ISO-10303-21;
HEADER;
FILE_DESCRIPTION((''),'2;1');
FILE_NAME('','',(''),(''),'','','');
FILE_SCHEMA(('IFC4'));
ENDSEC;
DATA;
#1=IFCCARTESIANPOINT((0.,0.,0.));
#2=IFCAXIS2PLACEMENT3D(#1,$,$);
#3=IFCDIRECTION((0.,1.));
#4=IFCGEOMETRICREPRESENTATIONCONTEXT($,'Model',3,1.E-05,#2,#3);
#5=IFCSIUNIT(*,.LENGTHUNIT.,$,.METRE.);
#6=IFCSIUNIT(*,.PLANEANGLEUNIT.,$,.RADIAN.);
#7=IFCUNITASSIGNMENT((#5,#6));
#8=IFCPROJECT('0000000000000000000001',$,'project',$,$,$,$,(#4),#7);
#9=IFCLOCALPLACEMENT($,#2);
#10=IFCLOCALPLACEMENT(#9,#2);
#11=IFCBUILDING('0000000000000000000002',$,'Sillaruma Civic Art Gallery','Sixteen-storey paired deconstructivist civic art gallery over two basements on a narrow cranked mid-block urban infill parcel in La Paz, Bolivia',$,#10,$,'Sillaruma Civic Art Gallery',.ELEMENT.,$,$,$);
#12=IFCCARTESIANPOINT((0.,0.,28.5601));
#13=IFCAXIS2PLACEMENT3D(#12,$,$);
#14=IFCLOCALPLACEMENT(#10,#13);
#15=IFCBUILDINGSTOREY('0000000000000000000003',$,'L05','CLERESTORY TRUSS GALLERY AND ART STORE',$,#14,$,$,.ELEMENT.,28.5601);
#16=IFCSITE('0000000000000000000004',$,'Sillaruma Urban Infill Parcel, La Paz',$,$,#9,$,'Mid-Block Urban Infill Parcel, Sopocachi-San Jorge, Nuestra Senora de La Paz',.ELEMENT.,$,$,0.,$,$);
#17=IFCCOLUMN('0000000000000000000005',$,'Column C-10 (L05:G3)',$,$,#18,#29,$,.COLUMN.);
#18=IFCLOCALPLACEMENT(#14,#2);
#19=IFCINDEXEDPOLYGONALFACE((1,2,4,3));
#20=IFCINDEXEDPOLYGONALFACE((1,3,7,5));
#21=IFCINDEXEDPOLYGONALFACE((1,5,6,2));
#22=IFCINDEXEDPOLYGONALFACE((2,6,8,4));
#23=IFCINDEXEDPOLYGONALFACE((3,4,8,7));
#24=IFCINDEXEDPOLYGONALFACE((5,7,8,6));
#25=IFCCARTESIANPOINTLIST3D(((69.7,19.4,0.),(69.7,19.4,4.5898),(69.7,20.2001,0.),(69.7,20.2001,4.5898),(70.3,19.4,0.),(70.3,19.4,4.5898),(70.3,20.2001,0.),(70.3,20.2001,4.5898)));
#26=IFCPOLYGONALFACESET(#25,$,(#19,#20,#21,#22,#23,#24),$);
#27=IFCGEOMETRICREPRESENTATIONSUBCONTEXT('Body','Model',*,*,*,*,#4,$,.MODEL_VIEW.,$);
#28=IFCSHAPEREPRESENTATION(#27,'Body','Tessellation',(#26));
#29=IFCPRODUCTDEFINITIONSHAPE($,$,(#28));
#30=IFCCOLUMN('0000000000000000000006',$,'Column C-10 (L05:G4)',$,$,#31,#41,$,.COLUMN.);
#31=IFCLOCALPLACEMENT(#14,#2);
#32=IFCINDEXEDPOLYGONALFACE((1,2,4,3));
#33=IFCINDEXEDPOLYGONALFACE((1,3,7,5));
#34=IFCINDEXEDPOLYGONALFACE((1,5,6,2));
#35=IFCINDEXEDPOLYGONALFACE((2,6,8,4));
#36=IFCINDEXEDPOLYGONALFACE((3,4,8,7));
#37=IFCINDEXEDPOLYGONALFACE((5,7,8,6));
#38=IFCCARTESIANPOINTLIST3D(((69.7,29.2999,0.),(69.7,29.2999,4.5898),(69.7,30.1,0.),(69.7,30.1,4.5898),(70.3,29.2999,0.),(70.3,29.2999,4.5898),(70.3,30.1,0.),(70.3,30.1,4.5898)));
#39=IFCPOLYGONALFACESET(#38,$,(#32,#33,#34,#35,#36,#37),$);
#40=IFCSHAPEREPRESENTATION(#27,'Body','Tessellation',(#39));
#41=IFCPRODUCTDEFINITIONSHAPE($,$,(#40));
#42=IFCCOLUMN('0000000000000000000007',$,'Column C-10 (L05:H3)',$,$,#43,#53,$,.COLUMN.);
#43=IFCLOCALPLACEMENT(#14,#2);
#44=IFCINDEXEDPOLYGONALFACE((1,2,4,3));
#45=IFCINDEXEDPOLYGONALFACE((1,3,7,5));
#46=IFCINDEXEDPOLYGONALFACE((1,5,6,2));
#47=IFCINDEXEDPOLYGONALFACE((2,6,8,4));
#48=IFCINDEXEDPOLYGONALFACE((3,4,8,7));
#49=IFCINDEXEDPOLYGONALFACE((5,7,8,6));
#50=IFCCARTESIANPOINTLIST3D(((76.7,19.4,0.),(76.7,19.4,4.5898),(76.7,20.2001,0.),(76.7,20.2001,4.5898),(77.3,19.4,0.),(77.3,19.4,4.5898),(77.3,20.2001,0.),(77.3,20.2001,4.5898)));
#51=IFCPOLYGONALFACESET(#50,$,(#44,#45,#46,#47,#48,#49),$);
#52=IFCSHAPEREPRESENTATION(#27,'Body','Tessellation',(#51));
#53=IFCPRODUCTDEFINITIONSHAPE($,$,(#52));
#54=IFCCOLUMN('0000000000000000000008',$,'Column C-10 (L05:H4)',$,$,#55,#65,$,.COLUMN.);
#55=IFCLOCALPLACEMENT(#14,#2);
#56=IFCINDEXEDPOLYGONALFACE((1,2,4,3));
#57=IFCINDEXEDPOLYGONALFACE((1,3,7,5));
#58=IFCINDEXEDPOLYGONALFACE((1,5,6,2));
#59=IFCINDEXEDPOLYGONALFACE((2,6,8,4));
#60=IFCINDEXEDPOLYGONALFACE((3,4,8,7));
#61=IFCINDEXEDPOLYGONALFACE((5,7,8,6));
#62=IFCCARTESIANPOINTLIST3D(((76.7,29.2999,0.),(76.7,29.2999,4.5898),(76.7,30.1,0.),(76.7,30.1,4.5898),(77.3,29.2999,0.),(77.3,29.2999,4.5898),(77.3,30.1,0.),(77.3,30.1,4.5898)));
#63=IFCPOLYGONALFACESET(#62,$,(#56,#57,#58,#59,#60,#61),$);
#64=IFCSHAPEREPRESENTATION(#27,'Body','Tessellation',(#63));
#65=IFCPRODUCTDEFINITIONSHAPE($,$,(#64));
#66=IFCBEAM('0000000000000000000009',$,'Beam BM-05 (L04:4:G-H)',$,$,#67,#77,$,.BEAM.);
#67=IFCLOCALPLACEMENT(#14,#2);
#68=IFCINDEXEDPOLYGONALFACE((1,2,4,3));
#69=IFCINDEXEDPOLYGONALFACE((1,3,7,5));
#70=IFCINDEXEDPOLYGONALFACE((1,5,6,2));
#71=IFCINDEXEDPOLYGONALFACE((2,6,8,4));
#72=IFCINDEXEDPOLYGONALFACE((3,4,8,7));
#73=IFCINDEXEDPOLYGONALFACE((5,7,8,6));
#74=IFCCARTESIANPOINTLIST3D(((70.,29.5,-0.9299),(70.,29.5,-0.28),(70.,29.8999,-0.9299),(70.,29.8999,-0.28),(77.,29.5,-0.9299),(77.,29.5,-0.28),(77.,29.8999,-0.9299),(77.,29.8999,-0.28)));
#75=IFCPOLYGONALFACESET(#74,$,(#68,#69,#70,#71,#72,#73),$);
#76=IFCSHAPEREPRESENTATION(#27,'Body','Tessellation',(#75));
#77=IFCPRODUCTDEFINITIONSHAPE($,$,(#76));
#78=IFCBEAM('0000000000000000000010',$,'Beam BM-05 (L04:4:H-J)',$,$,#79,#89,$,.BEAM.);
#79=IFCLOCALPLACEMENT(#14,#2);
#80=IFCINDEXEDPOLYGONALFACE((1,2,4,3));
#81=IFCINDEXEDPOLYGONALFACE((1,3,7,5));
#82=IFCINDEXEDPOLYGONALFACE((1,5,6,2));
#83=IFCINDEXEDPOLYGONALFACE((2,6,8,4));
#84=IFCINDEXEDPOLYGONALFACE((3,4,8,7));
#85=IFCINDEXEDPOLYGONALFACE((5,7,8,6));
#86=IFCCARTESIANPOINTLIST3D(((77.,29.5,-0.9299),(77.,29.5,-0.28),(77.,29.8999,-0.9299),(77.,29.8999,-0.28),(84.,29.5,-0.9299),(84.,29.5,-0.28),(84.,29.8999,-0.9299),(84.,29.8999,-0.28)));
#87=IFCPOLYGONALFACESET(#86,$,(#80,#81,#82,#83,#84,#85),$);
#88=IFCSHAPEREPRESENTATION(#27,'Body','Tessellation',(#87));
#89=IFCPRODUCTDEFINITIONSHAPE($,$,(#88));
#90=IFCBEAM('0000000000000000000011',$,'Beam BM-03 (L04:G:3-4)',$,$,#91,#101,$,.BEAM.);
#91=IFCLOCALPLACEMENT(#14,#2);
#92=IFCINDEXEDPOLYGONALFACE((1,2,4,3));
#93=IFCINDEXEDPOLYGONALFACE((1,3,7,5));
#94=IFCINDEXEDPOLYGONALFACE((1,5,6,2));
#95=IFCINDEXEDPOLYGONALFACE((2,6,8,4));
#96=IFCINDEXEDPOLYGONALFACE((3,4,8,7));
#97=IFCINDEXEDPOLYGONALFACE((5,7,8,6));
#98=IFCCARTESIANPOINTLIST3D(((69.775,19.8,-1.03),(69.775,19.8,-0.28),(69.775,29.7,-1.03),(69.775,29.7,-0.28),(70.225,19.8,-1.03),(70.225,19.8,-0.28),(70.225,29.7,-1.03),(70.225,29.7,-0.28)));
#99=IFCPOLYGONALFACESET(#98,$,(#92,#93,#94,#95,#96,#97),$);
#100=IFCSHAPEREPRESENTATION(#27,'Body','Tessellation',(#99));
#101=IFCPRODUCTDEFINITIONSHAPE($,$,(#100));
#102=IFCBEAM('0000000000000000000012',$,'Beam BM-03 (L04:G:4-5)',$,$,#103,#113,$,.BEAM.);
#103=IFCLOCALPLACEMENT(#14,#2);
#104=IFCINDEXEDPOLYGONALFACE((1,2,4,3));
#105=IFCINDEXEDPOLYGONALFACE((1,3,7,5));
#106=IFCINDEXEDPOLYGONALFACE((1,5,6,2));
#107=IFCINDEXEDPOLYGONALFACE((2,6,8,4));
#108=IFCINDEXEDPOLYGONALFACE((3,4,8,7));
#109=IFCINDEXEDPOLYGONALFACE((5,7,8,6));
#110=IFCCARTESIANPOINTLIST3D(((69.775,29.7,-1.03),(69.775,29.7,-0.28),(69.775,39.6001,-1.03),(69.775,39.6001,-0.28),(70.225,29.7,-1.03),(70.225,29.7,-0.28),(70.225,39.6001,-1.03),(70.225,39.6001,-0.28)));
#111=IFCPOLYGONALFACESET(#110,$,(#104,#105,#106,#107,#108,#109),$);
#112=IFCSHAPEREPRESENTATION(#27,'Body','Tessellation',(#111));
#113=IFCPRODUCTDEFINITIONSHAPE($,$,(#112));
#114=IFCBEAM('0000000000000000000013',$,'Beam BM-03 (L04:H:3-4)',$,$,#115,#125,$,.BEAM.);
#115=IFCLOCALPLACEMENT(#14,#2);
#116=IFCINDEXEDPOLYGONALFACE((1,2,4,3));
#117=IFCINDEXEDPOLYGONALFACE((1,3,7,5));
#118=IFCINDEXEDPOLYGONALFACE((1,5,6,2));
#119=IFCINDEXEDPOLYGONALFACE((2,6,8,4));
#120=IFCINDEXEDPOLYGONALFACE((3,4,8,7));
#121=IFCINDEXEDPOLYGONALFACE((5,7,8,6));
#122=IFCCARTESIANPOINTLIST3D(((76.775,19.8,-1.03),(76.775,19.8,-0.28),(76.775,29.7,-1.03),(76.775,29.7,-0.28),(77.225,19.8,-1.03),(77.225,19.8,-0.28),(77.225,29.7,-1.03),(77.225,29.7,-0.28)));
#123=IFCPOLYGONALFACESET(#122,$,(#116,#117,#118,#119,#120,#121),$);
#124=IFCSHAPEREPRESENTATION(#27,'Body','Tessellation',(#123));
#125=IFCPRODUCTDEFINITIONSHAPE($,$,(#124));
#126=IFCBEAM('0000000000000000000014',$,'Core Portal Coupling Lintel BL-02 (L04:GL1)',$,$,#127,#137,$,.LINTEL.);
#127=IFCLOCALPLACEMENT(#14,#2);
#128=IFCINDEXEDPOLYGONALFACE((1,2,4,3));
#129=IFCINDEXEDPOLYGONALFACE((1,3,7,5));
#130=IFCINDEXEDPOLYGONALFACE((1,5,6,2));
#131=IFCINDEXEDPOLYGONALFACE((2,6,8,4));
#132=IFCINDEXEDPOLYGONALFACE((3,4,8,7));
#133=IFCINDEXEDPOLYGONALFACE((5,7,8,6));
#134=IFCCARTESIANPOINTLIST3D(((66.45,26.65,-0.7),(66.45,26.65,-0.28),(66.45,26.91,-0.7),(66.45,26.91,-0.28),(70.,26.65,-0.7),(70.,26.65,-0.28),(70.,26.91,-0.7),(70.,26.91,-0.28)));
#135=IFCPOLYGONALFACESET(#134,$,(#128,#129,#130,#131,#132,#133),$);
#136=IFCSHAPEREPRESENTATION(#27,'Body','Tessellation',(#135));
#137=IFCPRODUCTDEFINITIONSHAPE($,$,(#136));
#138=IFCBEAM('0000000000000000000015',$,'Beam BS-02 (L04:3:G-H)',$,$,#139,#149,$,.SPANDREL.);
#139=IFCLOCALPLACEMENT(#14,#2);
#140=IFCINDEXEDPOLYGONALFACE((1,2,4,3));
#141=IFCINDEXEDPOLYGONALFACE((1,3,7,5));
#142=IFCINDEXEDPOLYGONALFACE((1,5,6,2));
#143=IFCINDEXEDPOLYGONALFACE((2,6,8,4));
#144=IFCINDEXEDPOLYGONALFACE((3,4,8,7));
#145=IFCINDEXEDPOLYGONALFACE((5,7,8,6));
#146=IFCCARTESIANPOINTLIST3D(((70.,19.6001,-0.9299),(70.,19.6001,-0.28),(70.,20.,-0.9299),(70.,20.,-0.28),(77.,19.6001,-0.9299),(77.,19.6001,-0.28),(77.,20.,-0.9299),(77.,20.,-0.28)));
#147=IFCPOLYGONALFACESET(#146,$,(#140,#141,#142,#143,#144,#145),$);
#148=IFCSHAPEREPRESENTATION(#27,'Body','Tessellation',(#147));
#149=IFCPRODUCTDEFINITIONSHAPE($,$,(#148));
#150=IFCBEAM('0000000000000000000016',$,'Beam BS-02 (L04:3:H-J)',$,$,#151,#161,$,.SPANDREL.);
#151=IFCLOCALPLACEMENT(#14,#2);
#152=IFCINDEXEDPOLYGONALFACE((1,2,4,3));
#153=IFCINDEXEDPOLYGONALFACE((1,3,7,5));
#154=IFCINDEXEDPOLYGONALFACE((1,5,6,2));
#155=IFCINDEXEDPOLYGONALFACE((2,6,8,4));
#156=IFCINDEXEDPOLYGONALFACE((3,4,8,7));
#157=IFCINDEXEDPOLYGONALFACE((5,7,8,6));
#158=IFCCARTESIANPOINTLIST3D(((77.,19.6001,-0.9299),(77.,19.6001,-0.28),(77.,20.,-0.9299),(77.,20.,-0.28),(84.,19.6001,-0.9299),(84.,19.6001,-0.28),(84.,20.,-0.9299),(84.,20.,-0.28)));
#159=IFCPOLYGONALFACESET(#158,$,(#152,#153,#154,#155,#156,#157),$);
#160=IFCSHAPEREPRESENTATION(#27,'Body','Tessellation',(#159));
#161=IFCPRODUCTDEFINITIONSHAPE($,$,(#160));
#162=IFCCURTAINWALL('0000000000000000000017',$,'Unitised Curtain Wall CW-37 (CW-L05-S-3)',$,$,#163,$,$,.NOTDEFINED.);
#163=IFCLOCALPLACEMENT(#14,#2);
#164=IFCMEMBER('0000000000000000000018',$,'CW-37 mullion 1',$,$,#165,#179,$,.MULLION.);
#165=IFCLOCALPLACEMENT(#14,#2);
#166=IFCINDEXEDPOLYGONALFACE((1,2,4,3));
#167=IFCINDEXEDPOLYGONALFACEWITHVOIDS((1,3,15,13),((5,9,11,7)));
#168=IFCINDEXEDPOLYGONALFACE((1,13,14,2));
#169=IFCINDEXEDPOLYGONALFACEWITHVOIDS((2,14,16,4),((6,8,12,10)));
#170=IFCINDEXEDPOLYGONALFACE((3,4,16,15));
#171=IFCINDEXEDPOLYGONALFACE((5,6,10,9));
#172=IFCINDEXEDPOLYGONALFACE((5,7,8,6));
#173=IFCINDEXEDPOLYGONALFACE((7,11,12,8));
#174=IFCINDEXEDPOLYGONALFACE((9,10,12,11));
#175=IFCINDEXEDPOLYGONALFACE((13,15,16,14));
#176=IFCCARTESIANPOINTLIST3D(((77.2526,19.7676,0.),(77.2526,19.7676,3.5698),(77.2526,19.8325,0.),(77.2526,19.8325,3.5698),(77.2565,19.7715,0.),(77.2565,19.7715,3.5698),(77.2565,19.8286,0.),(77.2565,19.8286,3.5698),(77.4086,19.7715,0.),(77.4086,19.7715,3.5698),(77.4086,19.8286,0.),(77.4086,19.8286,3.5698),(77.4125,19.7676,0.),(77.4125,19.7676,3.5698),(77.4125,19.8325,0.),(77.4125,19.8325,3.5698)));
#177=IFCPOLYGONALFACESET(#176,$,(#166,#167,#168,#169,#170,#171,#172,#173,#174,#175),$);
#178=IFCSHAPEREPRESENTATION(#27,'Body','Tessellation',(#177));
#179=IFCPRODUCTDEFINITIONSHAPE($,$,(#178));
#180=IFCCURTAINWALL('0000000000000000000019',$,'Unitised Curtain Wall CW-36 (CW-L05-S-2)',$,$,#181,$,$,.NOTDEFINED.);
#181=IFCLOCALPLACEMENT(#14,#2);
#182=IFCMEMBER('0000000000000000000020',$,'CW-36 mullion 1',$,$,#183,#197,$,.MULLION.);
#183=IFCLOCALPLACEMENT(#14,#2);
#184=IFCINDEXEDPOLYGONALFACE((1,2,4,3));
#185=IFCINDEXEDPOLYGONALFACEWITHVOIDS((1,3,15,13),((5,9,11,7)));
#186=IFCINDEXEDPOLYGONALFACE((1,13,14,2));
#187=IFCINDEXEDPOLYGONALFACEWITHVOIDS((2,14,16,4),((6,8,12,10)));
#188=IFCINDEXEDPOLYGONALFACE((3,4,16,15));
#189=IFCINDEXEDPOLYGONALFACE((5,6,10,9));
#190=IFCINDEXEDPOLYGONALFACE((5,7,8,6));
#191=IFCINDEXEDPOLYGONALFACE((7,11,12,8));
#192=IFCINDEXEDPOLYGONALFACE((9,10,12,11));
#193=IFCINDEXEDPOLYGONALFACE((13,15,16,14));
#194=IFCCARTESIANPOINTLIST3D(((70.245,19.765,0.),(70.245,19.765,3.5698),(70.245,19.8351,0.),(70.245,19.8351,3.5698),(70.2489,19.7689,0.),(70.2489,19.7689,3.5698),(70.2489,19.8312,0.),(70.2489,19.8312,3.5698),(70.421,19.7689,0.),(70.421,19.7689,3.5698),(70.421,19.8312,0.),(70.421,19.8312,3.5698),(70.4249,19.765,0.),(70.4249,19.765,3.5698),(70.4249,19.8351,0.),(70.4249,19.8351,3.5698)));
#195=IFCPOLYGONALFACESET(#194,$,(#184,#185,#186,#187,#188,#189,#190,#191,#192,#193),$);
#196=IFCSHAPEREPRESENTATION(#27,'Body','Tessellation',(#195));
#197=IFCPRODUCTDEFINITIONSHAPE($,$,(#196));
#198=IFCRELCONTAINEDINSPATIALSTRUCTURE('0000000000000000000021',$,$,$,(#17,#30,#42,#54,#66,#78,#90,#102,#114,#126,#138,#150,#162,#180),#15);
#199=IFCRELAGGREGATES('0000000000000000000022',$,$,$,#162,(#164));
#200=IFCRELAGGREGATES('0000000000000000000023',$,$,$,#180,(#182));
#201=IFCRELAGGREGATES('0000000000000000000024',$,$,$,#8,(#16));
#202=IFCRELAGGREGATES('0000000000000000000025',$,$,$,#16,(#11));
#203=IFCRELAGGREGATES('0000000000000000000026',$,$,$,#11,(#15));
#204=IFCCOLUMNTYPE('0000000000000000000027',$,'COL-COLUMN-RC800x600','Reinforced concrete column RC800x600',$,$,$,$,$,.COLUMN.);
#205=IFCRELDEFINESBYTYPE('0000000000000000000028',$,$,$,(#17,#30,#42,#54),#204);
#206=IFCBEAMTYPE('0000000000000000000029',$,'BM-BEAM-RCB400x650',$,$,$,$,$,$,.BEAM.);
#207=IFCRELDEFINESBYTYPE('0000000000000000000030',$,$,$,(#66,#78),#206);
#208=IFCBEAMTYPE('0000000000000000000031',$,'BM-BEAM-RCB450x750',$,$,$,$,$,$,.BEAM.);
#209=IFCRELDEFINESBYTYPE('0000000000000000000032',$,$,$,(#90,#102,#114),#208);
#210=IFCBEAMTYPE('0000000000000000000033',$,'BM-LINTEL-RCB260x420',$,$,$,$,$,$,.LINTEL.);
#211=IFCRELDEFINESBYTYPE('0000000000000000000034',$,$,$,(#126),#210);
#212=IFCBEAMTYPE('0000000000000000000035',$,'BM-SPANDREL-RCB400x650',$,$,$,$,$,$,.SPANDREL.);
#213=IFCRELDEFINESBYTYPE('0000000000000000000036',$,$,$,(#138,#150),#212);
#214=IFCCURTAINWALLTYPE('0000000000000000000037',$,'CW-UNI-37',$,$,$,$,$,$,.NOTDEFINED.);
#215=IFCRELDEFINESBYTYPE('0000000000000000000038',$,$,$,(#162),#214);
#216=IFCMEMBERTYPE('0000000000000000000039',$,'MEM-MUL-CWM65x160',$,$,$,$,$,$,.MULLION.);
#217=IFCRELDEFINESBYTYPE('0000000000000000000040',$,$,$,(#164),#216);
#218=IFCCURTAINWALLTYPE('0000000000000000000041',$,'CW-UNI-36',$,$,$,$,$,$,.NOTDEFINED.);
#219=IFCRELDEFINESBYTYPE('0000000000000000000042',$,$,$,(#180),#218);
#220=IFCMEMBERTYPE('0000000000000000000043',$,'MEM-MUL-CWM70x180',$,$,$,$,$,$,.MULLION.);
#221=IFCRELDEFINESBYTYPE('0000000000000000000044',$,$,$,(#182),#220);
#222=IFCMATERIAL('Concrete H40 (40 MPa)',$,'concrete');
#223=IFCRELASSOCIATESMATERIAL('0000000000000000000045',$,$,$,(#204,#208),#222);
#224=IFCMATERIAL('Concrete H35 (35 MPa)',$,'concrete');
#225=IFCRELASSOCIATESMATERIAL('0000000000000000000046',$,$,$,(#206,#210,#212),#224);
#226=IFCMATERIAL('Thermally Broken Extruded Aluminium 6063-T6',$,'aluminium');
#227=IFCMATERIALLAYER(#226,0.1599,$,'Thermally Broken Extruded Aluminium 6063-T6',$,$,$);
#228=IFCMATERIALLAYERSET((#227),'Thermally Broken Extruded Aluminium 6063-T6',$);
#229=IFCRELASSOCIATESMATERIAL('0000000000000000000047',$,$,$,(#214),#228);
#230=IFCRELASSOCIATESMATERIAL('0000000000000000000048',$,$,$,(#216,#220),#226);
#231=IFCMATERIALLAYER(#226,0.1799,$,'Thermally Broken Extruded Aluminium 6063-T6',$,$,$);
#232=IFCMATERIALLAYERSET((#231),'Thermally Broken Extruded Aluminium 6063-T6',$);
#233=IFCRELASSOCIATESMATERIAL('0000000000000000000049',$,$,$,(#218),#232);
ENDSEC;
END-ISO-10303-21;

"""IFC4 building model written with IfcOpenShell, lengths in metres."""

from ifc_helpers import new_model, si_unit, direction, frame, origin, origin_2d, place, context, subcontext, project, spatial, rectangle, hollow_rectangle, extrude, material, layer, layer_set, material_profile, profile_set, type_object, element, aggregate, save


model = new_model("IFC4")

# Units and contexts
model_context = context("Model", 3, precision=1e-05, world=origin(), true_north=direction((0.0, 1.0)))
body_context = subcontext(model_context, "Body", "Model", "MODEL_VIEW")
ifc_project = project(units=[si_unit("LENGTHUNIT", "METRE"), si_unit("PLANEANGLEUNIT", "RADIAN")], contexts=[model_context])

# Site, building, storey
site_placement = place(None, origin())
site = spatial("IfcSite", under=ifc_project, at=site_placement, Name="Sillaruma Urban Infill Parcel, La Paz", LongName="Mid-Block Urban Infill Parcel, Sopocachi-San Jorge, Nuestra Senora de La Paz", CompositionType="ELEMENT", RefElevation=0.0)
building_placement = place(site_placement, origin())
building = spatial("IfcBuilding", under=site, at=building_placement, Name="Sillaruma Civic Art Gallery", Description="Sixteen-storey paired deconstructivist civic art gallery over two basements on a narrow cranked mid-block urban infill parcel in La Paz, Bolivia", LongName="Sillaruma Civic Art Gallery", CompositionType="ELEMENT")
storey_placement = place(building_placement, frame((0.0, 0.0, 28.5601)))
storey = spatial("IfcBuildingStorey", under=building, at=storey_placement, Name="L05", Description="CLERESTORY TRUSS GALLERY AND ART STORE", CompositionType="ELEMENT", Elevation=28.5601)

# Columns
ifc_material_1 = material(Name="Concrete H40 (40 MPa)", Category="concrete")
ifc_material_profile_1 = material_profile(ifc_material_1, rectangle(XDim=0.6001, YDim=0.8, at=origin_2d()), Name="RC800x600")
ifc_profile_set_1 = profile_set([ifc_material_profile_1], Name="Concrete H40 (40 MPa)")
column_type = type_object("IfcColumnType", Name="COL-COLUMN-RC800x600", Description="Reinforced concrete column RC800x600", PredefinedType="COLUMN", material=ifc_profile_set_1)
for number, where, z_axis, x_axis, name in (
    (1, (70.0, 19.8, 0.0), (0.0, 0.0, 1.0), (1.0, 0.0, 0.0), "Column C-10 (L05:G3)"),
    (2, (70.0, 29.7, 0.0), (0.0, 0.0, 1.0), (1.0, 0.0, 0.0), "Column C-10 (L05:G4)"),
    (3, (77.0, 19.8, 0.0), (0.0, 0.0, 1.0), (1.0, 0.0, 0.0), "Column C-10 (L05:H3)"),
    (4, (77.0, 29.7, 0.0), (0.0, 0.0, 1.0), (1.0, 0.0, 0.0), "Column C-10 (L05:H4)"),
):
    element("IfcColumn", number, at=place(storey_placement, frame(where, z_axis=z_axis, x_axis=x_axis)), inside=storey, type_object=column_type, Name=name, PredefinedType="COLUMN", context=body_context, shape_type="SweptSolid", body=[
        extrude(rectangle(XDim=0.6001, YDim=0.8, at=origin_2d()), origin(), (0.0, 0.0, 1.0), 4.5898),
    ])

# Beams
ifc_material_2 = material(Name="Concrete H35 (35 MPa)", Category="concrete")
ifc_material_profile_2 = material_profile(ifc_material_2, rectangle(XDim=0.3999, YDim=0.6499, at=origin_2d()), Name="RCB400x650")
ifc_profile_set_2 = profile_set([ifc_material_profile_2], Name="Concrete H35 (35 MPa)")
beam_type_1 = type_object("IfcBeamType", Name="BM-BEAM-RCB400x650", PredefinedType="BEAM", material=ifc_profile_set_2)
for number, where, z_axis, x_axis, name in (
    (5, (70.0, 29.7, -0.605), (1.0, 0.0, 0.0), (0.0, 1.0, 0.0), "Beam BM-05 (L04:4:G-H)"),
    (6, (77.0, 29.7, -0.605), (1.0, 0.0, 0.0), (0.0, 1.0, 0.0), "Beam BM-05 (L04:4:H-J)"),
):
    element("IfcBeam", number, at=place(storey_placement, frame(where, z_axis=z_axis, x_axis=x_axis)), inside=storey, type_object=beam_type_1, Name=name, PredefinedType="BEAM", context=body_context, shape_type="SweptSolid", body=[
        extrude(rectangle(XDim=0.3999, YDim=0.6499, at=origin_2d()), origin(), (0.0, 0.0, 1.0), 7.0),
    ])
ifc_material_profile_3 = material_profile(ifc_material_1, rectangle(XDim=0.45, YDim=0.75, at=origin_2d()), Name="RCB450x750")
ifc_profile_set_3 = profile_set([ifc_material_profile_3], Name="Concrete H40 (40 MPa)")
beam_type_2 = type_object("IfcBeamType", Name="BM-BEAM-RCB450x750", PredefinedType="BEAM", material=ifc_profile_set_3)
beam_1_placement = place(storey_placement, frame((70.0, 19.8, -0.655), z_axis=(0.0, 1.0, 0.0), x_axis=(-1.0, 0.0, 0.0)))
element("IfcBeam", 7, at=beam_1_placement, inside=storey, type_object=beam_type_2, Name="Beam BM-03 (L04:G:3-4)", PredefinedType="BEAM", context=body_context, shape_type="SweptSolid", body=[
    extrude(rectangle(XDim=0.45, YDim=0.75, at=origin_2d()), origin(), (0.0, 0.0, 1.0), 9.8999),
])
beam_2_placement = place(storey_placement, frame((70.0, 29.7, -0.655), z_axis=(0.0, 1.0, 0.0), x_axis=(-1.0, 0.0, 0.0)))
element("IfcBeam", 8, at=beam_2_placement, inside=storey, type_object=beam_type_2, Name="Beam BM-03 (L04:G:4-5)", PredefinedType="BEAM", context=body_context, shape_type="SweptSolid", body=[
    extrude(rectangle(XDim=0.45, YDim=0.75, at=origin_2d()), origin(), (0.0, 0.0, 1.0), 9.9001),
])
beam_3_placement = place(storey_placement, frame((77.0, 19.8, -0.655), z_axis=(0.0, 1.0, 0.0), x_axis=(-1.0, 0.0, 0.0)))
element("IfcBeam", 9, at=beam_3_placement, inside=storey, type_object=beam_type_2, Name="Beam BM-03 (L04:H:3-4)", PredefinedType="BEAM", context=body_context, shape_type="SweptSolid", body=[
    extrude(rectangle(XDim=0.45, YDim=0.75, at=origin_2d()), origin(), (0.0, 0.0, 1.0), 9.8999),
])
ifc_material_profile_4 = material_profile(ifc_material_2, rectangle(XDim=0.26, YDim=0.4199, at=origin_2d()), Name="RCB260x420")
ifc_profile_set_4 = profile_set([ifc_material_profile_4], Name="Concrete H35 (35 MPa)")
beam_type_3 = type_object("IfcBeamType", Name="BM-LINTEL-RCB260x420", PredefinedType="LINTEL", material=ifc_profile_set_4)
beam_4_placement = place(storey_placement, frame((66.45, 26.78, -0.49), z_axis=(1.0, 0.0, 0.0), x_axis=(0.0, 1.0, 0.0)))
element("IfcBeam", 10, at=beam_4_placement, inside=storey, type_object=beam_type_3, Name="Core Portal Coupling Lintel BL-02 (L04:GL1)", PredefinedType="LINTEL", context=body_context, shape_type="SweptSolid", body=[
    extrude(rectangle(XDim=0.26, YDim=0.4199, at=origin_2d()), origin(), (0.0, 0.0, 1.0), 3.55),
])
ifc_material_profile_5 = material_profile(ifc_material_2, rectangle(XDim=0.3999, YDim=0.6499, at=origin_2d()), Name="RCB400x650")
ifc_profile_set_5 = profile_set([ifc_material_profile_5], Name="Concrete H35 (35 MPa)")
beam_type_4 = type_object("IfcBeamType", Name="BM-SPANDREL-RCB400x650", PredefinedType="SPANDREL", material=ifc_profile_set_5)
for number, where, z_axis, x_axis, name in (
    (11, (70.0, 19.8, -0.605), (1.0, 0.0, 0.0), (0.0, 1.0, 0.0), "Beam BS-02 (L04:3:G-H)"),
    (12, (77.0, 19.8, -0.605), (1.0, 0.0, 0.0), (0.0, 1.0, 0.0), "Beam BS-02 (L04:3:H-J)"),
):
    element("IfcBeam", number, at=place(storey_placement, frame(where, z_axis=z_axis, x_axis=x_axis)), inside=storey, type_object=beam_type_4, Name=name, PredefinedType="SPANDREL", context=body_context, shape_type="SweptSolid", body=[
        extrude(rectangle(XDim=0.3999, YDim=0.6499, at=origin_2d()), origin(), (0.0, 0.0, 1.0), 7.0),
    ])

# Curtain wall, member
ifc_material_3 = material(Name="Thermally Broken Extruded Aluminium 6063-T6", Category="aluminium")
ifc_layer_1 = layer(ifc_material_3, 0.1599, Name="Thermally Broken Extruded Aluminium 6063-T6")
ifc_layer_set_1 = layer_set([ifc_layer_1], Name="Thermally Broken Extruded Aluminium 6063-T6")
curtain_wall_type_1 = type_object("IfcCurtainWallType", Name="CW-UNI-37", PredefinedType="NOTDEFINED", material=ifc_layer_set_1)
curtain_wall_1_placement = place(storey_placement, origin())
curtain_wall_1 = element("IfcCurtainWall", 13, at=curtain_wall_1_placement, inside=storey, type_object=curtain_wall_type_1, Name="Unitised Curtain Wall CW-37 (CW-L05-S-3)", PredefinedType="NOTDEFINED")
ifc_material_profile_6 = material_profile(ifc_material_3, hollow_rectangle(XDim=0.0649, YDim=0.1599, WallThickness=0.0039, at=origin_2d()), Name="CWM65x160")
ifc_profile_set_6 = profile_set([ifc_material_profile_6], Name="Thermally Broken Extruded Aluminium 6063-T6")
member_type_1 = type_object("IfcMemberType", Name="MEM-MUL-CWM65x160", PredefinedType="MULLION", material=ifc_profile_set_6)
member_1_placement = place(storey_placement, frame((77.3325, 19.8, 0.0), z_axis=(0.0, 0.0, 1.0), x_axis=(0.0, 1.0, 0.0)))
member_1 = element("IfcMember", 14, at=member_1_placement, type_object=member_type_1, Name="CW-37 mullion 1", PredefinedType="MULLION", context=body_context, shape_type="SweptSolid", body=[
    extrude(hollow_rectangle(XDim=0.0649, YDim=0.1599, WallThickness=0.0039, at=origin_2d()), origin(), (0.0, 0.0, 1.0), 3.5698),
])

# Curtain wall, member
ifc_layer_2 = layer(ifc_material_3, 0.1799, Name="Thermally Broken Extruded Aluminium 6063-T6")
ifc_layer_set_2 = layer_set([ifc_layer_2], Name="Thermally Broken Extruded Aluminium 6063-T6")
curtain_wall_type_2 = type_object("IfcCurtainWallType", Name="CW-UNI-36", PredefinedType="NOTDEFINED", material=ifc_layer_set_2)
curtain_wall_2_placement = place(storey_placement, origin())
curtain_wall_2 = element("IfcCurtainWall", 15, at=curtain_wall_2_placement, inside=storey, type_object=curtain_wall_type_2, Name="Unitised Curtain Wall CW-36 (CW-L05-S-2)", PredefinedType="NOTDEFINED")
ifc_material_profile_7 = material_profile(ifc_material_3, hollow_rectangle(XDim=0.0701, YDim=0.1799, WallThickness=0.0039, at=origin_2d()), Name="CWM70x180")
ifc_profile_set_7 = profile_set([ifc_material_profile_7], Name="Thermally Broken Extruded Aluminium 6063-T6")
member_type_2 = type_object("IfcMemberType", Name="MEM-MUL-CWM70x180", PredefinedType="MULLION", material=ifc_profile_set_7)
member_2_placement = place(storey_placement, frame((70.335, 19.8, 0.0), z_axis=(0.0, 0.0, 1.0), x_axis=(0.0, 1.0, 0.0)))
member_2 = element("IfcMember", 16, at=member_2_placement, type_object=member_type_2, Name="CW-36 mullion 1", PredefinedType="MULLION", context=body_context, shape_type="SweptSolid", body=[
    extrude(hollow_rectangle(XDim=0.0701, YDim=0.1799, WallThickness=0.0039, at=origin_2d()), origin(), (0.0, 0.0, 1.0), 3.5698),
])

aggregate(curtain_wall_1, [member_1])
aggregate(curtain_wall_2, [member_2])

save(model, "model.ifc")
